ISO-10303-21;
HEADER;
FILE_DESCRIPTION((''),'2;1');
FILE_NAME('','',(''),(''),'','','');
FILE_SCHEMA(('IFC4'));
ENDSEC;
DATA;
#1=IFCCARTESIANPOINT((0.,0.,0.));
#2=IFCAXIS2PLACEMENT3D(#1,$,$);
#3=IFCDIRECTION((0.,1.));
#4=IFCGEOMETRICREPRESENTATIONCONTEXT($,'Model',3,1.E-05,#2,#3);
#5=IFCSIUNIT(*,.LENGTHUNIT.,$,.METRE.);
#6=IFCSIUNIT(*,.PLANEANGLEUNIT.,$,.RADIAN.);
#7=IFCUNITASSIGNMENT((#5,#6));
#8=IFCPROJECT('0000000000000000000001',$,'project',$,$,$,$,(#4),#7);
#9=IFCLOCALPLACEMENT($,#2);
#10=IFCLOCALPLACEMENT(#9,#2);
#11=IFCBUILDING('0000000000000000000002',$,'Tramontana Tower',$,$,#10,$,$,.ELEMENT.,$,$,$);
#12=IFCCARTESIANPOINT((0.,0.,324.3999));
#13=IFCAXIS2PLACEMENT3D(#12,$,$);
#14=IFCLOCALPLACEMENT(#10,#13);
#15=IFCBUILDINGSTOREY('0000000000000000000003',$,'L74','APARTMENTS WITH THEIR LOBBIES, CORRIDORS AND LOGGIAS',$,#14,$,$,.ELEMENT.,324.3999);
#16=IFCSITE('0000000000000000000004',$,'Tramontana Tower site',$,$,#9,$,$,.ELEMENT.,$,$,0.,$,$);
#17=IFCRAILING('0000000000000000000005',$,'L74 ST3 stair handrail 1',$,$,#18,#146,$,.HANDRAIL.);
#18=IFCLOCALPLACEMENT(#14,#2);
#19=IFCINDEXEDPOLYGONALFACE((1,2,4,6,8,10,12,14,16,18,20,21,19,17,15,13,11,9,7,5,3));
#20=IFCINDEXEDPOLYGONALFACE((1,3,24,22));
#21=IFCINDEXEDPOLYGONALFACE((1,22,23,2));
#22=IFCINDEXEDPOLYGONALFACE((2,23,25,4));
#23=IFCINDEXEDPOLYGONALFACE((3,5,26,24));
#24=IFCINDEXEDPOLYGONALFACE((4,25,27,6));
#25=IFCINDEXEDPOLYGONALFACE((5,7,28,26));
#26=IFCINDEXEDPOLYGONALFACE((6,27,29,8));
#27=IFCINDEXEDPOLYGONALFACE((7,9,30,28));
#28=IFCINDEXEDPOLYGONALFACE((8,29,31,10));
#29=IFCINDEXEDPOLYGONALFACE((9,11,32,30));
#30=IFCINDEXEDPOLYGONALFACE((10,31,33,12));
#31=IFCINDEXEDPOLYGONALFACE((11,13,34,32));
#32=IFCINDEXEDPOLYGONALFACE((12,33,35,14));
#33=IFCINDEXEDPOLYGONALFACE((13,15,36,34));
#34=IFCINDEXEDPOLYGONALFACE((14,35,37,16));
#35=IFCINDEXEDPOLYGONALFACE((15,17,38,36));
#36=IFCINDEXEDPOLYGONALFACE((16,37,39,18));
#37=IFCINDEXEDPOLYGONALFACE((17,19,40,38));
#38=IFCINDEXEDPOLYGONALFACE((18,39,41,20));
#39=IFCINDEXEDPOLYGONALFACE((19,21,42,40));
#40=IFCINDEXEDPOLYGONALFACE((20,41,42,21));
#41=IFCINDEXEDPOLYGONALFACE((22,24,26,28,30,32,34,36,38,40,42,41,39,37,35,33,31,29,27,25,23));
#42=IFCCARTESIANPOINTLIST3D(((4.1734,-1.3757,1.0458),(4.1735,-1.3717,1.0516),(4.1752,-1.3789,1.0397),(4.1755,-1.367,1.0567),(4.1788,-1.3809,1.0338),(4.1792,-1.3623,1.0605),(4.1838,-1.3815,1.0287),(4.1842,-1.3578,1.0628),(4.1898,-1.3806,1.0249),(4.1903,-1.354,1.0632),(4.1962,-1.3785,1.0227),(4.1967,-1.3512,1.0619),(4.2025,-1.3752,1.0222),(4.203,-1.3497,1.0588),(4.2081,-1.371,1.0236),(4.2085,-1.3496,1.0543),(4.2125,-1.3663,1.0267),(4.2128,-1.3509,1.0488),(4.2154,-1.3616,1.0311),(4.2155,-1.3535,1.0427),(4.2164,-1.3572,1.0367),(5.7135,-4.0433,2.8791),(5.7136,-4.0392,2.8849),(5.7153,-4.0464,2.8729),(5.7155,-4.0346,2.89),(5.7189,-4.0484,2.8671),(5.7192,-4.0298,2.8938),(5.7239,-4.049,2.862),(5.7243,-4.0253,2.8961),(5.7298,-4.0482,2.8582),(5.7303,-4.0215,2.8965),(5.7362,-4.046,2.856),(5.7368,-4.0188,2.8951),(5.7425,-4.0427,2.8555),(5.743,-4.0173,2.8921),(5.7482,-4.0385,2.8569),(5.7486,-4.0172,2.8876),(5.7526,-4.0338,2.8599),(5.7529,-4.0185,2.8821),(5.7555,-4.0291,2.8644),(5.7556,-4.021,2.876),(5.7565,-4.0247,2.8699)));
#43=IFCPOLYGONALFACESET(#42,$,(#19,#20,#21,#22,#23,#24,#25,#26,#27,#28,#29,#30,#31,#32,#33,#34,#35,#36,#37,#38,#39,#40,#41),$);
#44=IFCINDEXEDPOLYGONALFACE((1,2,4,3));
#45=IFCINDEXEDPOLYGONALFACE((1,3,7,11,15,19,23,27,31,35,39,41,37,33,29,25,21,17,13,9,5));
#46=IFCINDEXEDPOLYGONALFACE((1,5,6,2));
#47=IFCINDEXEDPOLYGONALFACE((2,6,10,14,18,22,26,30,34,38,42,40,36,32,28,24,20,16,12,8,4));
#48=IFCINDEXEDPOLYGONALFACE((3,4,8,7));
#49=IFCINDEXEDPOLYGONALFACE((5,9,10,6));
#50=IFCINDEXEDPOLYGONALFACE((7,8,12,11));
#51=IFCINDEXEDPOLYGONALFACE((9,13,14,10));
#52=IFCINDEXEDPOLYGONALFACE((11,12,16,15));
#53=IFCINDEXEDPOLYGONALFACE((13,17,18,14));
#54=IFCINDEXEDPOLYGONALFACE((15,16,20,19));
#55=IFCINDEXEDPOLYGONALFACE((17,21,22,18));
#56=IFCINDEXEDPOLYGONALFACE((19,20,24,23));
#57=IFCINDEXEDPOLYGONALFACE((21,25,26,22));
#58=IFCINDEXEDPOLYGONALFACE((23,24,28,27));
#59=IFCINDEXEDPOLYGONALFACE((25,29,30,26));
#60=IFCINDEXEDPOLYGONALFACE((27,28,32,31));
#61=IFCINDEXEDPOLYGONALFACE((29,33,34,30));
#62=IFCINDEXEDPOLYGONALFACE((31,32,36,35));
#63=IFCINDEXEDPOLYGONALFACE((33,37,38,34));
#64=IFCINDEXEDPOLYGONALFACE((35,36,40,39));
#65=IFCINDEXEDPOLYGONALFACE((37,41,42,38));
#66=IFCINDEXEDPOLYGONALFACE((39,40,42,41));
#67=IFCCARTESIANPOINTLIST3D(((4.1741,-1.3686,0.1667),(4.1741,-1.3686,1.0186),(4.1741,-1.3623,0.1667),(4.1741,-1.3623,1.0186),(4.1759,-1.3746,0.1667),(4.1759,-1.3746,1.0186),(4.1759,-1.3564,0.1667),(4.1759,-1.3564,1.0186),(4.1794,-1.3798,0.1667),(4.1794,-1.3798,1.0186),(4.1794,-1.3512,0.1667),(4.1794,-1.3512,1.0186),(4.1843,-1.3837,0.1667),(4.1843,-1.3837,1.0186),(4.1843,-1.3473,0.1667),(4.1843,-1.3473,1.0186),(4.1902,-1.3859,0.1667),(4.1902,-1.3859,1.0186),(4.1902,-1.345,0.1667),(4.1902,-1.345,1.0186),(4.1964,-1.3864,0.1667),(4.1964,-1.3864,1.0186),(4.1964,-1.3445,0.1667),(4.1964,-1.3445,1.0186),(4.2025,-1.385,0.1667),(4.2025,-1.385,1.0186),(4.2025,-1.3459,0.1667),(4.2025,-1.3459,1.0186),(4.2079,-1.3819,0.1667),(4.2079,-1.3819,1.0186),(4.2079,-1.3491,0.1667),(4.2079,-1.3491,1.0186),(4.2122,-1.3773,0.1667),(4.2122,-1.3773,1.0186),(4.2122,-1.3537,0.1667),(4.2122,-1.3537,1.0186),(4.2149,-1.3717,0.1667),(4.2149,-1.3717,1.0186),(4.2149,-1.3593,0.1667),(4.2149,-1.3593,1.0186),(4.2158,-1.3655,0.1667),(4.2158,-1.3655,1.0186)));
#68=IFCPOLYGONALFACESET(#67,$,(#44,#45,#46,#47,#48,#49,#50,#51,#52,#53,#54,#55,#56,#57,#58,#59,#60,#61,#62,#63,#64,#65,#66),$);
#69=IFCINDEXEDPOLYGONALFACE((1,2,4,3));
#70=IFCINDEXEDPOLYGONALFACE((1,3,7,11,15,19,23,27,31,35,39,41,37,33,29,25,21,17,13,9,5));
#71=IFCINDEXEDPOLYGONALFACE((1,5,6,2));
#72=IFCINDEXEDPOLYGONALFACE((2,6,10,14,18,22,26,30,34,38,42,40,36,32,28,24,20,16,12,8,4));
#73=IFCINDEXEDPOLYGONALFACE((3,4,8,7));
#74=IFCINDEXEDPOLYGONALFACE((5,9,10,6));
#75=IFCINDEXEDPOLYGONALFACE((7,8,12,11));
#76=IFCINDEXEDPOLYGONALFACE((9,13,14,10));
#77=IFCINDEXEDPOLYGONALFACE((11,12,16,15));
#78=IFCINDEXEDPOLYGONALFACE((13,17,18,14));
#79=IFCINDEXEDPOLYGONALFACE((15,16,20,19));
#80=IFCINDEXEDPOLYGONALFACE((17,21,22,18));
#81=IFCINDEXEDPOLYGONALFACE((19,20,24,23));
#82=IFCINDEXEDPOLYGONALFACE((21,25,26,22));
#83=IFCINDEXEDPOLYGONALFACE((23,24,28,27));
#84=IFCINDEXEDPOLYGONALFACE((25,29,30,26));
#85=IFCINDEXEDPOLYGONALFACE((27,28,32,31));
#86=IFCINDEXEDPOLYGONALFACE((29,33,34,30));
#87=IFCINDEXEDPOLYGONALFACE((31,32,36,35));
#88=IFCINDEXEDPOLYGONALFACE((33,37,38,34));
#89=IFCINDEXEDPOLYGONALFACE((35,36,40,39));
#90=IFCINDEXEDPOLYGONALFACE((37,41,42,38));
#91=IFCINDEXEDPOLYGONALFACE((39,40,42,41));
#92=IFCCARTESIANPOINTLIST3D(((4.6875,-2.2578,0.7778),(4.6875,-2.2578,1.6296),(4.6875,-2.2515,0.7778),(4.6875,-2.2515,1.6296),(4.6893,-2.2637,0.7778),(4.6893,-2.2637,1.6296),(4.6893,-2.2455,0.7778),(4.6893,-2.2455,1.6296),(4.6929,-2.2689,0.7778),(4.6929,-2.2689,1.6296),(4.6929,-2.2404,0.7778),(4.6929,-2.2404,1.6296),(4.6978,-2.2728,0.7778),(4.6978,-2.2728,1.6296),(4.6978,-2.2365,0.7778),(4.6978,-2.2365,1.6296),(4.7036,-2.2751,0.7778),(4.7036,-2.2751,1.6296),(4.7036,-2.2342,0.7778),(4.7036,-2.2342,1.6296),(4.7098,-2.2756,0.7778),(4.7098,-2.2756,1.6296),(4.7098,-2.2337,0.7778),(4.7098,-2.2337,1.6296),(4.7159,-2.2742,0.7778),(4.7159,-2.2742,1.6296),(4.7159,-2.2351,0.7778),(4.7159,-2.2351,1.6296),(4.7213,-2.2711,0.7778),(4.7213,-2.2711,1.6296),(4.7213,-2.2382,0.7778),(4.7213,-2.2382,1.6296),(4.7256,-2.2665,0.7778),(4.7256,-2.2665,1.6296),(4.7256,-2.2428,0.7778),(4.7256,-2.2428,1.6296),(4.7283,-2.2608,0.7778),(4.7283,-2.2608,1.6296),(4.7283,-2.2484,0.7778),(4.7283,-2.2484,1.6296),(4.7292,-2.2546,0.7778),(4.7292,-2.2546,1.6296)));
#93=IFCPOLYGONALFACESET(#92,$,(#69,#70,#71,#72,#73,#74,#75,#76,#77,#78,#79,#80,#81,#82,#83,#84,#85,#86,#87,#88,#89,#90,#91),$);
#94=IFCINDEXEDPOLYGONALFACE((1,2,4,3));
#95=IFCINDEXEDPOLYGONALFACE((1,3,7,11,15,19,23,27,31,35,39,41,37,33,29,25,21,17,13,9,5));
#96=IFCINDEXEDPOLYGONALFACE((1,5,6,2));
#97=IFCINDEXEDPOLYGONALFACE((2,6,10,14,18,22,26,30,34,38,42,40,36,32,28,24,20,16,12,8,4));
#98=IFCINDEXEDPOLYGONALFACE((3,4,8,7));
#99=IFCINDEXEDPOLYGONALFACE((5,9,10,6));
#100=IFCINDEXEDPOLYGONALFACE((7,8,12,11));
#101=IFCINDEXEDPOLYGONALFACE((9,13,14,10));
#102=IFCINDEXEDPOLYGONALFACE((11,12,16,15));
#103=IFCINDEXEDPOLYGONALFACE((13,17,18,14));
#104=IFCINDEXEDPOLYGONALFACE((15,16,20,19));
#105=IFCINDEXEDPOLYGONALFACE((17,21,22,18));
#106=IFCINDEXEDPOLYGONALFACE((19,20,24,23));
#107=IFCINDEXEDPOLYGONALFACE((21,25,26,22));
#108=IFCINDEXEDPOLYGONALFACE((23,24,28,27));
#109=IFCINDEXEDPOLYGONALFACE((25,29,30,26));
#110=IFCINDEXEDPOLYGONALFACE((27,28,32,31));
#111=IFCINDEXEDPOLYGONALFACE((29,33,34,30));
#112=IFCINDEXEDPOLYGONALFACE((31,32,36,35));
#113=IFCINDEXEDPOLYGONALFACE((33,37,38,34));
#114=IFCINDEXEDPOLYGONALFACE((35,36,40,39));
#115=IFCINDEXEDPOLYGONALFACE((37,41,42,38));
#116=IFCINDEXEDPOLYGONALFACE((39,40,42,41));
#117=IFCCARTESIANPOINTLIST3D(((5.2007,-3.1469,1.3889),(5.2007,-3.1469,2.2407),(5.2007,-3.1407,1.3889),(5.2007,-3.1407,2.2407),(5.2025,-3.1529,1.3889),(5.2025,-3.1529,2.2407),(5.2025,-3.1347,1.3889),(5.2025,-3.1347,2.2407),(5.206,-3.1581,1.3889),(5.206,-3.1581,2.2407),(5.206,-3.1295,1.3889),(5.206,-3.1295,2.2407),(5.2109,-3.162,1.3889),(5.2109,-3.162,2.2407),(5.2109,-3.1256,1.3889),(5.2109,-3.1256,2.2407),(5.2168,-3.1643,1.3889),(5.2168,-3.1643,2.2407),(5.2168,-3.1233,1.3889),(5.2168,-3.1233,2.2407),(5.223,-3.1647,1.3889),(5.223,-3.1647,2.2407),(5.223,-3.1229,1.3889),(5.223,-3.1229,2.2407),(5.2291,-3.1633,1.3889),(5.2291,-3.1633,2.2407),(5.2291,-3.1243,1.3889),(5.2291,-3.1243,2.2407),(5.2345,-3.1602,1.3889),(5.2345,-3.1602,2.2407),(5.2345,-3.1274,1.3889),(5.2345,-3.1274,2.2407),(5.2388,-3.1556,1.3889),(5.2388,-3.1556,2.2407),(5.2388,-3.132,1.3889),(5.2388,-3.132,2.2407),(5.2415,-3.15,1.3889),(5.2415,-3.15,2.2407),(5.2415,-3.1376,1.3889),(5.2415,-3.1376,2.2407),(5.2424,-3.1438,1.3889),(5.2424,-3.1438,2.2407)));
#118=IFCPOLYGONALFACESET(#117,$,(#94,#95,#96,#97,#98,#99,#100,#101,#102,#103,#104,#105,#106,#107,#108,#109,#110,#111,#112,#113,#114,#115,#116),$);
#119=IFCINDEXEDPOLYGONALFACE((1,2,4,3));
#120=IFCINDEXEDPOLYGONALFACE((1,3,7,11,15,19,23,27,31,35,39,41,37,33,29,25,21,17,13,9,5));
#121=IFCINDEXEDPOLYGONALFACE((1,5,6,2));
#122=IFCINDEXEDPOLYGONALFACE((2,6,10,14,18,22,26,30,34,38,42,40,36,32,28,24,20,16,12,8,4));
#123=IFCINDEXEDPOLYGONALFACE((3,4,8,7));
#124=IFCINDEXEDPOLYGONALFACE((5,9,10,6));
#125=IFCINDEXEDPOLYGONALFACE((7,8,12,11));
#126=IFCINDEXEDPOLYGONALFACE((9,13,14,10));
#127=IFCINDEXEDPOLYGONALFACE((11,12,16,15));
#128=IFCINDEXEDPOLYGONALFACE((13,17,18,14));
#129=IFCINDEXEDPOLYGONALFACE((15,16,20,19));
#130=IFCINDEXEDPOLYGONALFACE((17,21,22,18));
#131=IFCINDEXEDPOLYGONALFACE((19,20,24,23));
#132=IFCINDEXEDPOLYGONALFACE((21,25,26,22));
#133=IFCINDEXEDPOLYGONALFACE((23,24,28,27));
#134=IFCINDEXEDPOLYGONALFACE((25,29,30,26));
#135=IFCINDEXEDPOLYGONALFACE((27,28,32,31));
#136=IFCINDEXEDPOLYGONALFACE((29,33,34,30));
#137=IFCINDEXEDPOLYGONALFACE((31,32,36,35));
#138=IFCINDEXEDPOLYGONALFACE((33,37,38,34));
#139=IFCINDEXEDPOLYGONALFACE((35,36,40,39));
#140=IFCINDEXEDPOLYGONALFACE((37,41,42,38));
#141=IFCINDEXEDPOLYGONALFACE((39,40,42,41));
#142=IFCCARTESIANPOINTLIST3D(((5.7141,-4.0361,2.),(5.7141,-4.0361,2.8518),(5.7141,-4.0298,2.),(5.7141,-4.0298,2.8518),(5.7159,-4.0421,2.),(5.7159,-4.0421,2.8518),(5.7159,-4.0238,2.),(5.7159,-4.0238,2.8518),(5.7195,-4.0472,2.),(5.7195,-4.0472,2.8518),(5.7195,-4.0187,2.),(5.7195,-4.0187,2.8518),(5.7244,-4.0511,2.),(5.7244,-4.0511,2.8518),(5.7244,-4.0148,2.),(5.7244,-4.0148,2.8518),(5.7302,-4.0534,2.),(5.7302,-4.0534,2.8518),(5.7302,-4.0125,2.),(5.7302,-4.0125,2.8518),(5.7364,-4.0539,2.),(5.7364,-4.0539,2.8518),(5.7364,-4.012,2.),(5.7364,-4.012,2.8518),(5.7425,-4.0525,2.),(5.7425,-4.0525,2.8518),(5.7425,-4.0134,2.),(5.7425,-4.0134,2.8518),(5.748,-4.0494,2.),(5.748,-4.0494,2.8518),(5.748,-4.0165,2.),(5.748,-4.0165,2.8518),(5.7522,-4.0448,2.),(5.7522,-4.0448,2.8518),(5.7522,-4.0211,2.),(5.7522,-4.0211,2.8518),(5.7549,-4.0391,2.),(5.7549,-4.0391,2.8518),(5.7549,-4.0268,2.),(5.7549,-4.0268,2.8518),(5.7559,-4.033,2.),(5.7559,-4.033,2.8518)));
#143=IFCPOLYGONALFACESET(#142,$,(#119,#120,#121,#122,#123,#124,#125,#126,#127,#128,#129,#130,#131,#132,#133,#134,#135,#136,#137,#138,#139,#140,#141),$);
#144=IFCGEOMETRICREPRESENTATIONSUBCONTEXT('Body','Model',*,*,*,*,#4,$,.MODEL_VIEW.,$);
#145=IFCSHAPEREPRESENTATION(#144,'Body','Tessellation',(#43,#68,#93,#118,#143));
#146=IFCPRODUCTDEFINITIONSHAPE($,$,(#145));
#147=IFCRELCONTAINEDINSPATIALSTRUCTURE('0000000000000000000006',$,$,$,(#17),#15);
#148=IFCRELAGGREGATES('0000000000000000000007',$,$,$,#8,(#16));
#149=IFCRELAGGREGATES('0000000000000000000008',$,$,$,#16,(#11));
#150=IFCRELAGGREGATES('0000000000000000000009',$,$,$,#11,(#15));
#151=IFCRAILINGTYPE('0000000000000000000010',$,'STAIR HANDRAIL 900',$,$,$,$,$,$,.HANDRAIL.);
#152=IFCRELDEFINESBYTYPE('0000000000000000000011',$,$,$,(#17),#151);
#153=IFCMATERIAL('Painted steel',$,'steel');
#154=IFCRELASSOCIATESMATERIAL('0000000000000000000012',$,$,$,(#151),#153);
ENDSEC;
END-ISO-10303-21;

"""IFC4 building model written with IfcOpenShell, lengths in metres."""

from ifc_helpers import new_model, si_unit, direction, frame, origin, origin_2d, place, context, subcontext, project, spatial, circle, extrude, material, type_object, element, save


model = new_model("IFC4")

# Units and contexts
model_context = context("Model", 3, precision=1e-05, world=origin(), true_north=direction((0.0, 1.0)))
body_context = subcontext(model_context, "Body", "Model", "MODEL_VIEW")
ifc_project = project(units=[si_unit("LENGTHUNIT", "METRE"), si_unit("PLANEANGLEUNIT", "RADIAN")], contexts=[model_context])

# Site, building, storey
site_placement = place(None, origin())
site = spatial("IfcSite", under=ifc_project, at=site_placement, Name="Tramontana Tower site", CompositionType="ELEMENT", RefElevation=0.0)
building_placement = place(site_placement, origin())
building = spatial("IfcBuilding", under=site, at=building_placement, Name="Tramontana Tower", CompositionType="ELEMENT")
storey_placement = place(building_placement, frame((0.0, 0.0, 324.3999)))
storey = spatial("IfcBuildingStorey", under=building, at=storey_placement, Name="L74", Description="APARTMENTS WITH THEIR LOBBIES, CORRIDORS AND LOGGIAS", CompositionType="ELEMENT", Elevation=324.3999)

# Railing
ifc_material_1 = material(Name="Painted steel", Category="steel")
railing_type_1 = type_object("IfcRailingType", Name="STAIR HANDRAIL 900", PredefinedType="HANDRAIL", material=ifc_material_1)
railing_1_placement = place(storey_placement, frame((4.1948, -1.3655, 0.1667)))
element("IfcRailing", 1, at=railing_1_placement, inside=storey, type_object=railing_type_1, Name="L74 ST3 stair handrail 1", PredefinedType="HANDRAIL", context=body_context, shape_type="SweptSolid", body=[
    extrude(circle(Radius=0.0239, at=origin_2d()), frame((0.0, 0.0, 0.876), z_axis=(0.429649, -0.74419, 0.511452), x_axis=(0.86603, 0.499992, 0.0)), (0.0, 0.0, 1.0), 3.5845),
    extrude(circle(Radius=0.021, at=origin_2d()), origin(), (0.0, 0.0, 1.0), 0.8518),
    extrude(circle(Radius=0.021, at=origin_2d()), frame((0.5134, -0.8892, 0.6111)), (0.0, 0.0, 1.0), 0.8518),
    extrude(circle(Radius=0.021, at=origin_2d()), frame((1.0266, -1.7783, 1.2222)), (0.0, 0.0, 1.0), 0.8518),
    extrude(circle(Radius=0.021, at=origin_2d()), frame((1.54, -2.6675, 1.8333)), (0.0, 0.0, 1.0), 0.8518),
])

save(model, "model.ifc")
